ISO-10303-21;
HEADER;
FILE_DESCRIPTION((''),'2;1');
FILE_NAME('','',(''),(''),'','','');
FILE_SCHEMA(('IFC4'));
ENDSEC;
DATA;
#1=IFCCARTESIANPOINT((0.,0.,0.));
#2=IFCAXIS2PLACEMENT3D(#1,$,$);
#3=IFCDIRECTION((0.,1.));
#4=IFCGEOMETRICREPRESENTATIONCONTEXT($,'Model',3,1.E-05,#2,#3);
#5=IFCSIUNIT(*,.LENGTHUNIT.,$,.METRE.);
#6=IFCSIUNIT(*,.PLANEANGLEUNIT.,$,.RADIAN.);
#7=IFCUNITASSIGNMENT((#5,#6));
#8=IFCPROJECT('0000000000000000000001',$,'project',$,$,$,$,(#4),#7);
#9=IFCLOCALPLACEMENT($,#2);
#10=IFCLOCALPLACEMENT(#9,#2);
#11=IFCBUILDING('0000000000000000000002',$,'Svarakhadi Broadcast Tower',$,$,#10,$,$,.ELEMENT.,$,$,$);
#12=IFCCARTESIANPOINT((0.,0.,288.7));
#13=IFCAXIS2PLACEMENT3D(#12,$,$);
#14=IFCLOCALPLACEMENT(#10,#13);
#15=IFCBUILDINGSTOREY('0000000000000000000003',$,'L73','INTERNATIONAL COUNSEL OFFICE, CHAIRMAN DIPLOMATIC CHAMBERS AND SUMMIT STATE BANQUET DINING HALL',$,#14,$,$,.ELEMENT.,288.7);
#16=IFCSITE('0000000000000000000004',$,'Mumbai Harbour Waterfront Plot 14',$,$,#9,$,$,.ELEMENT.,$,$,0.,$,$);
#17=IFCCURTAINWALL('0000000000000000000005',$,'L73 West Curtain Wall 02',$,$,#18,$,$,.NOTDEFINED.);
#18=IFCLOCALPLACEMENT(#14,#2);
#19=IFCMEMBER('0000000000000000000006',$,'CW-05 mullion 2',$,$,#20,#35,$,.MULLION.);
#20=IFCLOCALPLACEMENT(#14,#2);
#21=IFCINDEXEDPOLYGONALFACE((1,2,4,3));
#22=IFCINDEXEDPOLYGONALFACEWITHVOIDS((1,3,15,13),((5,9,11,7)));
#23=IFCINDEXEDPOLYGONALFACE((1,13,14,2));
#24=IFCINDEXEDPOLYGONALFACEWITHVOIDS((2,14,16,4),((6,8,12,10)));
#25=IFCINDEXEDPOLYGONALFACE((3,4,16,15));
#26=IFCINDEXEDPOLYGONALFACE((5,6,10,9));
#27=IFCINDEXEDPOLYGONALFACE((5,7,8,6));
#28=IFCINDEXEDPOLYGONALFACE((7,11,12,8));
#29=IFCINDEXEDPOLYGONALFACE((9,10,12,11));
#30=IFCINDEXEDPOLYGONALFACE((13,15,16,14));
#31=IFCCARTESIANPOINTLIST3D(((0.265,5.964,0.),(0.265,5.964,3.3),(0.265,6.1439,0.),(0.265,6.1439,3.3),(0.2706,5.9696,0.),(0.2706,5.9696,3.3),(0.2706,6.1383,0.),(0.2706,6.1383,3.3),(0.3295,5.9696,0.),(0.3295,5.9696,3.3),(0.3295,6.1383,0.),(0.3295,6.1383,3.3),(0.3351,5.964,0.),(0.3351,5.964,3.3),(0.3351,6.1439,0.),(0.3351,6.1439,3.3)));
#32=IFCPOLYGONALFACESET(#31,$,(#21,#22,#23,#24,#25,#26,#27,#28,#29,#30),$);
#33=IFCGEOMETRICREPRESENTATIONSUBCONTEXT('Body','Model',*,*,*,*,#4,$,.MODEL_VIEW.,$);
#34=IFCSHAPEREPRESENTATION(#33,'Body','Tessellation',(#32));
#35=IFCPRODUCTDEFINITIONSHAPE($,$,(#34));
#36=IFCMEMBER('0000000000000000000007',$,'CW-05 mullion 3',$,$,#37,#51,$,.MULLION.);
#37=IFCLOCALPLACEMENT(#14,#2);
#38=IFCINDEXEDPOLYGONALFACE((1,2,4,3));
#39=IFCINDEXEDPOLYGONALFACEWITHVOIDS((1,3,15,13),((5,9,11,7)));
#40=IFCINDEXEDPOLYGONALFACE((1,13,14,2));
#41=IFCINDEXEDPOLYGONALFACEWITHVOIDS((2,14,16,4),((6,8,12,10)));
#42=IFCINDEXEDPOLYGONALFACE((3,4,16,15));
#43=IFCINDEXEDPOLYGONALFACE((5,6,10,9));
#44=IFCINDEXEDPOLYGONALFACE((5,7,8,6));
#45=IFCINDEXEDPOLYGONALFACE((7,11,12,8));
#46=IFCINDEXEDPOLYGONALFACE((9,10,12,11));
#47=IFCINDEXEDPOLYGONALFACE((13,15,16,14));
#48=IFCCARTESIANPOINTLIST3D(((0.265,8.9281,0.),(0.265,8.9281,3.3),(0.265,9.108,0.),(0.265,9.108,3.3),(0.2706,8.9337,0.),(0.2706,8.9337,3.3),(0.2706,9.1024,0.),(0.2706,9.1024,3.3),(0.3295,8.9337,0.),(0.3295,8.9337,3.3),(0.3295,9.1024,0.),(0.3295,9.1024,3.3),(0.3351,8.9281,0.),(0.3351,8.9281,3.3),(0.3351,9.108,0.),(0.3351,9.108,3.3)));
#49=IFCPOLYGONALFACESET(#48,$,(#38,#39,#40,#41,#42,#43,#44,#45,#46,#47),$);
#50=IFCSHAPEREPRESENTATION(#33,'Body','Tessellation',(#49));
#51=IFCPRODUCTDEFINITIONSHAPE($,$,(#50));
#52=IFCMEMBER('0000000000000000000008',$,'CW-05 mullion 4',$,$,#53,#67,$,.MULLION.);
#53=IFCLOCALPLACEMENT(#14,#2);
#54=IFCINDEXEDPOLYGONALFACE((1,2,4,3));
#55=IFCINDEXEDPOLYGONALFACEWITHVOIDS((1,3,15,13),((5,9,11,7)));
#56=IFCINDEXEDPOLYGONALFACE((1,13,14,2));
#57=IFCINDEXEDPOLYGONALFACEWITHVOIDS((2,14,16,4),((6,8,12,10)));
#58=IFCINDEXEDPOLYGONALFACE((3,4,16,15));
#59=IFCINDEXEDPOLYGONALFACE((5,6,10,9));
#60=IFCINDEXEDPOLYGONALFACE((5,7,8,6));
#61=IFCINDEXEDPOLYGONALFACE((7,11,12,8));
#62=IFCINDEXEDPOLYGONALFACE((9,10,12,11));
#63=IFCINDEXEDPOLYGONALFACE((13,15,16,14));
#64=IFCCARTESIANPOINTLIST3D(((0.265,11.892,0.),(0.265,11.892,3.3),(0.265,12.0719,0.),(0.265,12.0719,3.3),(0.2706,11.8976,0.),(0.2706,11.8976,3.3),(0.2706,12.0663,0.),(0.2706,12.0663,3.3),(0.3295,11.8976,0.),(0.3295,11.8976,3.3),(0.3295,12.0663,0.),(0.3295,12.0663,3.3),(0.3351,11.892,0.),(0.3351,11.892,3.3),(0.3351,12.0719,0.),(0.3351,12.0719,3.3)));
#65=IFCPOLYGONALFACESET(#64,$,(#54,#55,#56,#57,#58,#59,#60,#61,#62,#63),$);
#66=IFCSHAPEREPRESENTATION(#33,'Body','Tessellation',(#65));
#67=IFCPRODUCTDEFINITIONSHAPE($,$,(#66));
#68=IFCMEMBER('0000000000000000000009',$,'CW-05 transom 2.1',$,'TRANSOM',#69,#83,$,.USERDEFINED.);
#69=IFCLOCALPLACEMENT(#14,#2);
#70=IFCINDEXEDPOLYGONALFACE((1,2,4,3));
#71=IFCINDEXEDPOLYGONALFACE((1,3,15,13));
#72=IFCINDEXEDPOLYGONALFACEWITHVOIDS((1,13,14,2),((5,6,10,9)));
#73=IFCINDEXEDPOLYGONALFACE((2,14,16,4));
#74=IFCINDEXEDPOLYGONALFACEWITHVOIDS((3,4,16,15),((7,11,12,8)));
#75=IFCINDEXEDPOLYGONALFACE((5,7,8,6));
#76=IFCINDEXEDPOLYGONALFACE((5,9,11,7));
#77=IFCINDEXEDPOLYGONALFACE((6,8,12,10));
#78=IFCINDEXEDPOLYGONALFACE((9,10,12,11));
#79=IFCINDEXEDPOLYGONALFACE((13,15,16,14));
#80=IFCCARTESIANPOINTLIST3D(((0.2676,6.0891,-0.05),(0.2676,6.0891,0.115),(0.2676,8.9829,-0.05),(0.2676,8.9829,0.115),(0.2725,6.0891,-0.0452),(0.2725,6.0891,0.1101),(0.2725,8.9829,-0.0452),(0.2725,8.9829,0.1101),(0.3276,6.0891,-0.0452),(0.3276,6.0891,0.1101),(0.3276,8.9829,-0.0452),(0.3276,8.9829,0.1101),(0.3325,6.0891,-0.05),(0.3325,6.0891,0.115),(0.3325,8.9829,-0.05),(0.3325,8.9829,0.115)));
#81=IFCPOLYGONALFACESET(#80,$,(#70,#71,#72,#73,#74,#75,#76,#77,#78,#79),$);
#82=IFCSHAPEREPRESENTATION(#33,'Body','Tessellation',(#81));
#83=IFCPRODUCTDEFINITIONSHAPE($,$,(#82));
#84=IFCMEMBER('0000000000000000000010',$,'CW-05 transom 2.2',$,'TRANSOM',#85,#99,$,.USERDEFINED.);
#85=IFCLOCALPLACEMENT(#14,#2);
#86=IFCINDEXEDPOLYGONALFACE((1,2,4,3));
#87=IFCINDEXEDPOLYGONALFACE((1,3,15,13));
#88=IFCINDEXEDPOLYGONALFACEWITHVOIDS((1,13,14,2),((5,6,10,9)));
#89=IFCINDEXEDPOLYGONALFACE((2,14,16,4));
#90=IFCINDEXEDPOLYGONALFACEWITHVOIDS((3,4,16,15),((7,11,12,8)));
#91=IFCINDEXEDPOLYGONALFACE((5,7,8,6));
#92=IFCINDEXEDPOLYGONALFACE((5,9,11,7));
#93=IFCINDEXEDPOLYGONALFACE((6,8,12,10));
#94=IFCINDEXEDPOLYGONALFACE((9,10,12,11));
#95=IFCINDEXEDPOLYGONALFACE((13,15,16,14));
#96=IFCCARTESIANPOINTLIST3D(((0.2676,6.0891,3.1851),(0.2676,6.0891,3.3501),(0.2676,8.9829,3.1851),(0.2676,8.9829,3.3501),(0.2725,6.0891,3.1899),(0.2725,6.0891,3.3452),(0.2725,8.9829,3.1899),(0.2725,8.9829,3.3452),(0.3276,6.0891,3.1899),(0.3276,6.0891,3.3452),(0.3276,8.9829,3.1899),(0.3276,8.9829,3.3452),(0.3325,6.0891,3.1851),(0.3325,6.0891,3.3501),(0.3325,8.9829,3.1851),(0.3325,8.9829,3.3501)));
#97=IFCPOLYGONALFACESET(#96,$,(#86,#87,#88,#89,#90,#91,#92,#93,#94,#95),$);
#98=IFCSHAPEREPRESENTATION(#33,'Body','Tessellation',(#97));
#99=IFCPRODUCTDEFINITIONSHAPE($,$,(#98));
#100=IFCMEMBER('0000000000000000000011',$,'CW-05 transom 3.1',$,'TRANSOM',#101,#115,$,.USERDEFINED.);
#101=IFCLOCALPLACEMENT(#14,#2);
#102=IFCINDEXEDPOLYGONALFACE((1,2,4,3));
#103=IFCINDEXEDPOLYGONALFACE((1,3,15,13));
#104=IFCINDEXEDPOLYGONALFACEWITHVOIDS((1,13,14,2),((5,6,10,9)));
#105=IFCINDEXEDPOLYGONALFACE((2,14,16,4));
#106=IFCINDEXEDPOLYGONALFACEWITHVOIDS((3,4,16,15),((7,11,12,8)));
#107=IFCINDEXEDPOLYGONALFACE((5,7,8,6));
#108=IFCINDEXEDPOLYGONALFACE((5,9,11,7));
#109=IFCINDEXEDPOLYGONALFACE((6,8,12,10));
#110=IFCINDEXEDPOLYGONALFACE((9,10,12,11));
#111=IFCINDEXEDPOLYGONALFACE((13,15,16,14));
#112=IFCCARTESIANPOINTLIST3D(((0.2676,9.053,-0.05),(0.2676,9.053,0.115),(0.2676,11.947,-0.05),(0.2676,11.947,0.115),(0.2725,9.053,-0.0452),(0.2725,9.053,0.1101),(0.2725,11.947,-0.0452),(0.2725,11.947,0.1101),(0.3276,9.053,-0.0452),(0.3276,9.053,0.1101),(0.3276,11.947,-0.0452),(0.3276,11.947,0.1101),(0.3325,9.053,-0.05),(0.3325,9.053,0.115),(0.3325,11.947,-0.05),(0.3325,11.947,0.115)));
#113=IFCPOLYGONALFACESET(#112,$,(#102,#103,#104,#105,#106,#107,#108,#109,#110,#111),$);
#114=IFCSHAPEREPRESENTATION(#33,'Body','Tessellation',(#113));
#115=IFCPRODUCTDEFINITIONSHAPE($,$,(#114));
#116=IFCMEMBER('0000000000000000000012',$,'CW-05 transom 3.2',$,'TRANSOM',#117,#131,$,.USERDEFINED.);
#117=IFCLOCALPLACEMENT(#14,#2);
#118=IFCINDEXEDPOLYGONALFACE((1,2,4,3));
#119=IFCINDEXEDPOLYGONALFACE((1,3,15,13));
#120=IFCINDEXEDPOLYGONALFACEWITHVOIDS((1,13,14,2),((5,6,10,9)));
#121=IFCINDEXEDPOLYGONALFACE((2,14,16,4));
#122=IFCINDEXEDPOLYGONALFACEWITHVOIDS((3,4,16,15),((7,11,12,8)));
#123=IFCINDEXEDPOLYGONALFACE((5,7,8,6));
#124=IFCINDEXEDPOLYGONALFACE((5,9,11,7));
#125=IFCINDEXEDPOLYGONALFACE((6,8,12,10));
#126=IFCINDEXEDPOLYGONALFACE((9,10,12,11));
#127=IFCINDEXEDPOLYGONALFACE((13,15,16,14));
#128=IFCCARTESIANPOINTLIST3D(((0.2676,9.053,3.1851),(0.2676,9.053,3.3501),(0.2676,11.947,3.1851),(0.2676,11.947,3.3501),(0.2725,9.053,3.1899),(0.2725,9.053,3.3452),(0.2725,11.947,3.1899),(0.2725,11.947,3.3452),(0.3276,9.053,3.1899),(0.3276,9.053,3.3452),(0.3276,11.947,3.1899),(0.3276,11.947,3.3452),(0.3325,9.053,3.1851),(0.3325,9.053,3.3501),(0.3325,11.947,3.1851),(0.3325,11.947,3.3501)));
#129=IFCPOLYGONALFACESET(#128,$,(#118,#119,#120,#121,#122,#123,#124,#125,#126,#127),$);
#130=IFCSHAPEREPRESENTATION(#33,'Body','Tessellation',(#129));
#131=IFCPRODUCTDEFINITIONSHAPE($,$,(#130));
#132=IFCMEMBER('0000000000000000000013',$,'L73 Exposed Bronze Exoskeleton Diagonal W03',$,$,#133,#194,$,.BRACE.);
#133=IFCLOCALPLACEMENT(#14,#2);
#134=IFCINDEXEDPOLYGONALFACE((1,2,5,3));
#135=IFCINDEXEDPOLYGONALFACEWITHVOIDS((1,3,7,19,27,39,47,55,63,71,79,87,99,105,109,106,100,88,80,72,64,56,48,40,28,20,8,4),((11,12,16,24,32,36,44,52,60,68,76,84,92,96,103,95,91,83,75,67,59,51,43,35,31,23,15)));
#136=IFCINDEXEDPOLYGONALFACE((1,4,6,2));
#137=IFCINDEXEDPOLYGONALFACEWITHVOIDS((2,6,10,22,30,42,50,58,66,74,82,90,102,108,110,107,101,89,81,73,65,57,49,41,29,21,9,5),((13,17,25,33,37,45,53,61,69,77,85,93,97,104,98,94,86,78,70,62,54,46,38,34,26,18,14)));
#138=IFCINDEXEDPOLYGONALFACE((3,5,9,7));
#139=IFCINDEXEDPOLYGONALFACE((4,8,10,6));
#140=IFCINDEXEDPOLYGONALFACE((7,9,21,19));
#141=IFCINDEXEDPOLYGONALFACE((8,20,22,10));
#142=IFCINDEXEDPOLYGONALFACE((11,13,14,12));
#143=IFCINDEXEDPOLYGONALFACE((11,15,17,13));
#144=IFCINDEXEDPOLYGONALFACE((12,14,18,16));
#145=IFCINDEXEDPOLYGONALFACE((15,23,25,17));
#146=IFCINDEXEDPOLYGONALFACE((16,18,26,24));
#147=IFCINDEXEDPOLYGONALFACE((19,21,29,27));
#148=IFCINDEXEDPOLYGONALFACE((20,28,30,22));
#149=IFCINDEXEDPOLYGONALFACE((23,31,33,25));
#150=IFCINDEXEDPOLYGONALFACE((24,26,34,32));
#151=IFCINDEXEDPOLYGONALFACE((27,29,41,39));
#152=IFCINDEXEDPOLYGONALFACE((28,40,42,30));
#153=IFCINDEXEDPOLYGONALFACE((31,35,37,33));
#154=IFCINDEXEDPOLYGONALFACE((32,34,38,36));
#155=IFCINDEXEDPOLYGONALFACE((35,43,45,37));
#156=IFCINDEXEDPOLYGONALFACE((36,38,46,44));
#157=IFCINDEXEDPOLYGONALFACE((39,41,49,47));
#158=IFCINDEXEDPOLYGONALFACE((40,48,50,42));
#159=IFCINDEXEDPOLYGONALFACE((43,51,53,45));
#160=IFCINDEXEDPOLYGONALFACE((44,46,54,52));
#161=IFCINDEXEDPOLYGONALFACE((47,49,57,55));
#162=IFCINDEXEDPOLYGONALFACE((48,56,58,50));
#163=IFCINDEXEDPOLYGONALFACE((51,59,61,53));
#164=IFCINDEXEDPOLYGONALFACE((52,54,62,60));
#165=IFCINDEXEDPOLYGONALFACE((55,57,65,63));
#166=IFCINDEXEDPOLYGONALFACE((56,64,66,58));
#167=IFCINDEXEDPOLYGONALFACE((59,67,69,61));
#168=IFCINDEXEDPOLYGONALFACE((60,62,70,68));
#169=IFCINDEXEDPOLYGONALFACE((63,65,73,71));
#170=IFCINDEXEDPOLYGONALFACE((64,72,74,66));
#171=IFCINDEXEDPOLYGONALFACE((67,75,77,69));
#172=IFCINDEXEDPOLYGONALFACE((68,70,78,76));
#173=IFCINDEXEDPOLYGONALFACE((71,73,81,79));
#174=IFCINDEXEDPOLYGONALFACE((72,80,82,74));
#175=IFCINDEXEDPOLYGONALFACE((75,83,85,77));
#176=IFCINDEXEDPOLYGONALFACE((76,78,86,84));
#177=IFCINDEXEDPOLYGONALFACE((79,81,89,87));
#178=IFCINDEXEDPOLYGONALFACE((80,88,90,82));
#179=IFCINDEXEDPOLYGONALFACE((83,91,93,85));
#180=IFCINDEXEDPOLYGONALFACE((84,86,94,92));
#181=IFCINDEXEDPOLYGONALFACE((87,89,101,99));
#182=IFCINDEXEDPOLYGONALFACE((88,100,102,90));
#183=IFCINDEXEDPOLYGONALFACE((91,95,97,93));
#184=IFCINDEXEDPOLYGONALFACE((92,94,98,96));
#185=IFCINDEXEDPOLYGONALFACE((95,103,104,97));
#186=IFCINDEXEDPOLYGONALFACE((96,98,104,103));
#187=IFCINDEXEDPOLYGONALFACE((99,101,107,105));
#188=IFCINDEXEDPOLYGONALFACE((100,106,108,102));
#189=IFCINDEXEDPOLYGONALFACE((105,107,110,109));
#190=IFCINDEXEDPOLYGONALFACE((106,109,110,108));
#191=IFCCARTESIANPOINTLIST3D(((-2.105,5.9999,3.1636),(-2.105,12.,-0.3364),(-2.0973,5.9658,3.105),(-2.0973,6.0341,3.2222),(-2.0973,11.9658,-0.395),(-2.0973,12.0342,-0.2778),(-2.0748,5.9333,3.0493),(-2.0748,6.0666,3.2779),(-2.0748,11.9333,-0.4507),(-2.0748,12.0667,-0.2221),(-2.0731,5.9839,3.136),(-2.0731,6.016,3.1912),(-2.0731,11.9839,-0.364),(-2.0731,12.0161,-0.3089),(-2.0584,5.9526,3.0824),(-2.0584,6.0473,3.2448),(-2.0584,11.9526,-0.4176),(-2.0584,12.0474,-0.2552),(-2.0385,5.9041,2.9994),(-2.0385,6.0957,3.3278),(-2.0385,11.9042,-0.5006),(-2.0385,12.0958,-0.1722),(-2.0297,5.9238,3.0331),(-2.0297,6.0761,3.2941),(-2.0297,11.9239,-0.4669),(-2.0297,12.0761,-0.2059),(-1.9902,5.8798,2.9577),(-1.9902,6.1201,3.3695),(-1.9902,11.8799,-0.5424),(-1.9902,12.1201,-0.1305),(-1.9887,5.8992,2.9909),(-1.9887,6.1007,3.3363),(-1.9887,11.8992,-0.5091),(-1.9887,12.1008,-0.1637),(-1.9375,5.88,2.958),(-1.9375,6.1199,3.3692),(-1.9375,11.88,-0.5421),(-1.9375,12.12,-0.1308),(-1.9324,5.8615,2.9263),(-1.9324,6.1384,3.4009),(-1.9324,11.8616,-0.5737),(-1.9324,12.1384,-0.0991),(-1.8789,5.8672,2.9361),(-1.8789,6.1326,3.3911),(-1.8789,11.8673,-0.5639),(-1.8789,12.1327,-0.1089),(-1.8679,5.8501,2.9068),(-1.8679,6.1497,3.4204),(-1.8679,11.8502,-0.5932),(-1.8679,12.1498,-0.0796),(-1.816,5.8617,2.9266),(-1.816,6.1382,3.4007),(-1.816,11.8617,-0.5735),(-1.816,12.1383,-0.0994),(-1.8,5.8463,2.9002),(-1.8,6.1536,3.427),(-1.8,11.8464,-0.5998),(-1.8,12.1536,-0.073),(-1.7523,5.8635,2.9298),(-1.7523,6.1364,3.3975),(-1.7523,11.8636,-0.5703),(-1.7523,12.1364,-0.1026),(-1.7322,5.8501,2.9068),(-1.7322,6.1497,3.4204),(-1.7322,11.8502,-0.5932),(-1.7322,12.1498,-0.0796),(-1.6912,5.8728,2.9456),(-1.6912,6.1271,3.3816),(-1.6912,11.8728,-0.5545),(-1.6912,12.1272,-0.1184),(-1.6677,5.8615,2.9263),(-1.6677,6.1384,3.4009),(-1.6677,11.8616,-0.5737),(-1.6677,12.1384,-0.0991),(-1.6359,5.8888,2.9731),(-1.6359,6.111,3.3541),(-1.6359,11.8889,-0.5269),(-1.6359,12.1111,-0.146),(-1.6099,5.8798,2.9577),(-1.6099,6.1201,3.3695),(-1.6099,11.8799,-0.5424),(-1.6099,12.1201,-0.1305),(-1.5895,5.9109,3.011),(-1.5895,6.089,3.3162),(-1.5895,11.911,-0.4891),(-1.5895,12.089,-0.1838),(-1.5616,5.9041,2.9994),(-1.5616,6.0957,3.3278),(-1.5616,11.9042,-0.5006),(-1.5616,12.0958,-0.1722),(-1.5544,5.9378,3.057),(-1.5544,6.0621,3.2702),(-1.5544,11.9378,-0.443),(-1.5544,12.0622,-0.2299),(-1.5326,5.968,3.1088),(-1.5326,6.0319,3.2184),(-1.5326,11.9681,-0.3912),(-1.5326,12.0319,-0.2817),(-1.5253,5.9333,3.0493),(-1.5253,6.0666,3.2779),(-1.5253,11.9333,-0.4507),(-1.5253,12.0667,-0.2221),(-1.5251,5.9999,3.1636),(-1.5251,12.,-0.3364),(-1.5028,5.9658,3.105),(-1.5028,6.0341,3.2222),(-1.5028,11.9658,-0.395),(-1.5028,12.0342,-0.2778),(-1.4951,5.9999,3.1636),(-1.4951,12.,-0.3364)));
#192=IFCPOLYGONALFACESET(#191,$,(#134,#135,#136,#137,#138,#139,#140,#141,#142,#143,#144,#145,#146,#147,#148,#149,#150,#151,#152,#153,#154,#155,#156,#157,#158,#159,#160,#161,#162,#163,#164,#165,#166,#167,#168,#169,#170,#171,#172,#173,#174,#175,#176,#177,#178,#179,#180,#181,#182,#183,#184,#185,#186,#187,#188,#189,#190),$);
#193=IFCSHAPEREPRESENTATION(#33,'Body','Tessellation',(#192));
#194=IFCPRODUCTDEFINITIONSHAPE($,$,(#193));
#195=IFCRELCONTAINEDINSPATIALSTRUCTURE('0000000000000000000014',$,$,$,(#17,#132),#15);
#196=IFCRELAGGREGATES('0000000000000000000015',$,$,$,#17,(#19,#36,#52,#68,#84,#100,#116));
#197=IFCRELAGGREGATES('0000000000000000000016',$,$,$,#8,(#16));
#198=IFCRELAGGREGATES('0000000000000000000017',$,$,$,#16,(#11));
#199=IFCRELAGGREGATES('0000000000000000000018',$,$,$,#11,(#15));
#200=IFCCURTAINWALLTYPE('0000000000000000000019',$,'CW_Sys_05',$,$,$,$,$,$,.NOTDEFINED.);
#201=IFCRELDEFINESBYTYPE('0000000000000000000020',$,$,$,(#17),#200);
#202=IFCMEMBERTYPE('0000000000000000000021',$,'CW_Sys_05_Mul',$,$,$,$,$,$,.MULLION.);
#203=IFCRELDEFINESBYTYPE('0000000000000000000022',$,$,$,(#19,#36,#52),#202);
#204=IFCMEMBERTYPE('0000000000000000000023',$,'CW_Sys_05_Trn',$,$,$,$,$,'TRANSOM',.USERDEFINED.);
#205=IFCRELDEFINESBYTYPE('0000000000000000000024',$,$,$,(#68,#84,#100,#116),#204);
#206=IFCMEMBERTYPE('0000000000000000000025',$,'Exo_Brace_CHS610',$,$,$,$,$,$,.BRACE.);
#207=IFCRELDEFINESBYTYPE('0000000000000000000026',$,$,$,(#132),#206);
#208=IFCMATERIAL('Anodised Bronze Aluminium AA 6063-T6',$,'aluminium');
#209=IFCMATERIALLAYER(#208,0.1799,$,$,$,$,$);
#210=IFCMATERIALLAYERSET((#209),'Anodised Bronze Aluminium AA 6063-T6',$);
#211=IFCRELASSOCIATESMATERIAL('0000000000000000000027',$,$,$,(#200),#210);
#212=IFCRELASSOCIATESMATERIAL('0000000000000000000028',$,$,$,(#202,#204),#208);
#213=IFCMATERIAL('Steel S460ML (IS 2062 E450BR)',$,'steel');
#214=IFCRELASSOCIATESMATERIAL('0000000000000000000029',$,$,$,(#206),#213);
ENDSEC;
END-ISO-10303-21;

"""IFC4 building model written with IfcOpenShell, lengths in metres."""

from ifc_helpers import new_model, si_unit, direction, frame, origin, origin_2d, place, context, subcontext, project, spatial, hollow_rectangle, hollow_circle, extrude, material, layer, layer_set, material_profile, profile_set, type_object, element, aggregate, save


model = new_model("IFC4")

# Units and contexts
model_context = context("Model", 3, precision=1e-05, world=origin(), true_north=direction((0.0, 1.0)))
body_context = subcontext(model_context, "Body", "Model", "MODEL_VIEW")
ifc_project = project(units=[si_unit("LENGTHUNIT", "METRE"), si_unit("PLANEANGLEUNIT", "RADIAN")], contexts=[model_context])

# Site, building, storey
site_placement = place(None, origin())
site = spatial("IfcSite", under=ifc_project, at=site_placement, Name="Mumbai Harbour Waterfront Plot 14", CompositionType="ELEMENT", RefElevation=0.0)
building_placement = place(site_placement, origin())
building = spatial("IfcBuilding", under=site, at=building_placement, Name="Svarakhadi Broadcast Tower", CompositionType="ELEMENT")
storey_placement = place(building_placement, frame((0.0, 0.0, 288.7)))
storey = spatial("IfcBuildingStorey", under=building, at=storey_placement, Name="L73", Description="INTERNATIONAL COUNSEL OFFICE, CHAIRMAN DIPLOMATIC CHAMBERS AND SUMMIT STATE BANQUET DINING HALL", CompositionType="ELEMENT", Elevation=288.7)

# Shared definitions
ifc_material_1 = material(Name="Steel S460ML (IS 2062 E450BR)", Category="steel")

# Curtain wall, members
ifc_material_2 = material(Name="Anodised Bronze Aluminium AA 6063-T6", Category="aluminium")
ifc_layer_1 = layer(ifc_material_2, 0.1799)
ifc_layer_set_1 = layer_set([ifc_layer_1], Name="Anodised Bronze Aluminium AA 6063-T6")
curtain_wall_type = type_object("IfcCurtainWallType", Name="CW_Sys_05", PredefinedType="NOTDEFINED", material=ifc_layer_set_1)
curtain_wall_placement = place(storey_placement, origin())
curtain_wall = element("IfcCurtainWall", 1, at=curtain_wall_placement, inside=storey, type_object=curtain_wall_type, Name="L73 West Curtain Wall 02", PredefinedType="NOTDEFINED")
ifc_material_profile_1 = material_profile(ifc_material_2, hollow_rectangle(XDim=0.0701, YDim=0.1799, WallThickness=0.0056, at=origin_2d()), Name="ALU MULLION 180x70x6")
ifc_profile_set_1 = profile_set([ifc_material_profile_1], Name="Anodised Bronze Aluminium AA 6063-T6")
member_type_1 = type_object("IfcMemberType", Name="CW_Sys_05_Mul", PredefinedType="MULLION", material=ifc_profile_set_1)
member_1_placement = place(storey_placement, frame((0.3, 6.054, 0.0), z_axis=(0.0, 0.0, 1.0), x_axis=(-1.0, 0.0, 0.0)))
member_1 = element("IfcMember", 2, at=member_1_placement, type_object=member_type_1, Name="CW-05 mullion 2", PredefinedType="MULLION", context=body_context, shape_type="SweptSolid", body=[
    extrude(hollow_rectangle(XDim=0.0701, YDim=0.1799, WallThickness=0.0056, at=origin_2d()), origin(), (0.0, 0.0, 1.0), 3.3),
])
member_2_placement = place(storey_placement, frame((0.3, 9.0181, 0.0), z_axis=(0.0, 0.0, 1.0), x_axis=(-1.0, 0.0, 0.0)))
member_2 = element("IfcMember", 3, at=member_2_placement, type_object=member_type_1, Name="CW-05 mullion 3", PredefinedType="MULLION", context=body_context, shape_type="SweptSolid", body=[
    extrude(hollow_rectangle(XDim=0.0701, YDim=0.1799, WallThickness=0.0056, at=origin_2d()), origin(), (0.0, 0.0, 1.0), 3.3),
])
member_3_placement = place(storey_placement, frame((0.3, 11.9819, 0.0), z_axis=(0.0, 0.0, 1.0), x_axis=(-1.0, 0.0, 0.0)))
member_3 = element("IfcMember", 4, at=member_3_placement, type_object=member_type_1, Name="CW-05 mullion 4", PredefinedType="MULLION", context=body_context, shape_type="SweptSolid", body=[
    extrude(hollow_rectangle(XDim=0.0701, YDim=0.1799, WallThickness=0.0056, at=origin_2d()), origin(), (0.0, 0.0, 1.0), 3.3),
])
ifc_material_profile_2 = material_profile(ifc_material_2, hollow_rectangle(XDim=0.0649, YDim=0.165, WallThickness=0.0049, at=origin_2d()), Name="ALU TRANSOM 165x65x5")
ifc_profile_set_2 = profile_set([ifc_material_profile_2], Name="Anodised Bronze Aluminium AA 6063-T6")
member_type_2 = type_object("IfcMemberType", Name="CW_Sys_05_Trn", ElementType="TRANSOM", PredefinedType="USERDEFINED", material=ifc_profile_set_2)
member_4_placement = place(storey_placement, frame((0.3, 6.0891, 0.0325), z_axis=(0.0, 1.0, 0.0), x_axis=(-1.0, 0.0, 0.0)))
member_4 = element("IfcMember", 5, at=member_4_placement, type_object=member_type_2, Name="CW-05 transom 2.1", ObjectType="TRANSOM", PredefinedType="USERDEFINED", context=body_context, shape_type="SweptSolid", body=[
    extrude(hollow_rectangle(XDim=0.0649, YDim=0.165, WallThickness=0.0049, at=origin_2d()), origin(), (0.0, 0.0, 1.0), 2.8938),
])
member_5_placement = place(storey_placement, frame((0.3, 6.0891, 3.2676), z_axis=(0.0, 1.0, 0.0), x_axis=(-1.0, 0.0, 0.0)))
member_5 = element("IfcMember", 6, at=member_5_placement, type_object=member_type_2, Name="CW-05 transom 2.2", ObjectType="TRANSOM", PredefinedType="USERDEFINED", context=body_context, shape_type="SweptSolid", body=[
    extrude(hollow_rectangle(XDim=0.0649, YDim=0.165, WallThickness=0.0049, at=origin_2d()), origin(), (0.0, 0.0, 1.0), 2.8938),
])
member_6_placement = place(storey_placement, frame((0.3, 9.053, 0.0325), z_axis=(0.0, 1.0, 0.0), x_axis=(-1.0, 0.0, 0.0)))
member_6 = element("IfcMember", 7, at=member_6_placement, type_object=member_type_2, Name="CW-05 transom 3.1", ObjectType="TRANSOM", PredefinedType="USERDEFINED", context=body_context, shape_type="SweptSolid", body=[
    extrude(hollow_rectangle(XDim=0.0649, YDim=0.165, WallThickness=0.0049, at=origin_2d()), origin(), (0.0, 0.0, 1.0), 2.894),
])
member_7_placement = place(storey_placement, frame((0.3, 9.053, 3.2676), z_axis=(0.0, 1.0, 0.0), x_axis=(-1.0, 0.0, 0.0)))
member_7 = element("IfcMember", 8, at=member_7_placement, type_object=member_type_2, Name="CW-05 transom 3.2", ObjectType="TRANSOM", PredefinedType="USERDEFINED", context=body_context, shape_type="SweptSolid", body=[
    extrude(hollow_rectangle(XDim=0.0649, YDim=0.165, WallThickness=0.0049, at=origin_2d()), origin(), (0.0, 0.0, 1.0), 2.894),
])

# Member
ifc_material_profile_3 = material_profile(ifc_material_1, hollow_circle(Radius=0.3049, WallThickness=0.03, at=origin_2d()), Name="CHS 610x30")
ifc_profile_set_3 = profile_set([ifc_material_profile_3], Name="Steel S460ML (IS 2062 E450BR)")
member_type_3 = type_object("IfcMemberType", Name="Exo_Brace_CHS610", PredefinedType="BRACE", material=ifc_profile_set_3)
member_8_placement = place(storey_placement, frame((-1.8, 12.0, -0.3364), z_axis=(0.0, -0.863779, 0.503871), x_axis=(1.0, 0.0, 0.0)))
element("IfcMember", 9, at=member_8_placement, inside=storey, type_object=member_type_3, Name="L73 Exposed Bronze Exoskeleton Diagonal W03", PredefinedType="BRACE", context=body_context, shape_type="SweptSolid", body=[
    extrude(hollow_circle(Radius=0.3049, WallThickness=0.03, at=origin_2d()), origin(), (0.0, 0.0, 1.0), 6.9463),
])

aggregate(curtain_wall, [member_1, member_2, member_3, member_4, member_5, member_6, member_7])

save(model, "model.ifc")
